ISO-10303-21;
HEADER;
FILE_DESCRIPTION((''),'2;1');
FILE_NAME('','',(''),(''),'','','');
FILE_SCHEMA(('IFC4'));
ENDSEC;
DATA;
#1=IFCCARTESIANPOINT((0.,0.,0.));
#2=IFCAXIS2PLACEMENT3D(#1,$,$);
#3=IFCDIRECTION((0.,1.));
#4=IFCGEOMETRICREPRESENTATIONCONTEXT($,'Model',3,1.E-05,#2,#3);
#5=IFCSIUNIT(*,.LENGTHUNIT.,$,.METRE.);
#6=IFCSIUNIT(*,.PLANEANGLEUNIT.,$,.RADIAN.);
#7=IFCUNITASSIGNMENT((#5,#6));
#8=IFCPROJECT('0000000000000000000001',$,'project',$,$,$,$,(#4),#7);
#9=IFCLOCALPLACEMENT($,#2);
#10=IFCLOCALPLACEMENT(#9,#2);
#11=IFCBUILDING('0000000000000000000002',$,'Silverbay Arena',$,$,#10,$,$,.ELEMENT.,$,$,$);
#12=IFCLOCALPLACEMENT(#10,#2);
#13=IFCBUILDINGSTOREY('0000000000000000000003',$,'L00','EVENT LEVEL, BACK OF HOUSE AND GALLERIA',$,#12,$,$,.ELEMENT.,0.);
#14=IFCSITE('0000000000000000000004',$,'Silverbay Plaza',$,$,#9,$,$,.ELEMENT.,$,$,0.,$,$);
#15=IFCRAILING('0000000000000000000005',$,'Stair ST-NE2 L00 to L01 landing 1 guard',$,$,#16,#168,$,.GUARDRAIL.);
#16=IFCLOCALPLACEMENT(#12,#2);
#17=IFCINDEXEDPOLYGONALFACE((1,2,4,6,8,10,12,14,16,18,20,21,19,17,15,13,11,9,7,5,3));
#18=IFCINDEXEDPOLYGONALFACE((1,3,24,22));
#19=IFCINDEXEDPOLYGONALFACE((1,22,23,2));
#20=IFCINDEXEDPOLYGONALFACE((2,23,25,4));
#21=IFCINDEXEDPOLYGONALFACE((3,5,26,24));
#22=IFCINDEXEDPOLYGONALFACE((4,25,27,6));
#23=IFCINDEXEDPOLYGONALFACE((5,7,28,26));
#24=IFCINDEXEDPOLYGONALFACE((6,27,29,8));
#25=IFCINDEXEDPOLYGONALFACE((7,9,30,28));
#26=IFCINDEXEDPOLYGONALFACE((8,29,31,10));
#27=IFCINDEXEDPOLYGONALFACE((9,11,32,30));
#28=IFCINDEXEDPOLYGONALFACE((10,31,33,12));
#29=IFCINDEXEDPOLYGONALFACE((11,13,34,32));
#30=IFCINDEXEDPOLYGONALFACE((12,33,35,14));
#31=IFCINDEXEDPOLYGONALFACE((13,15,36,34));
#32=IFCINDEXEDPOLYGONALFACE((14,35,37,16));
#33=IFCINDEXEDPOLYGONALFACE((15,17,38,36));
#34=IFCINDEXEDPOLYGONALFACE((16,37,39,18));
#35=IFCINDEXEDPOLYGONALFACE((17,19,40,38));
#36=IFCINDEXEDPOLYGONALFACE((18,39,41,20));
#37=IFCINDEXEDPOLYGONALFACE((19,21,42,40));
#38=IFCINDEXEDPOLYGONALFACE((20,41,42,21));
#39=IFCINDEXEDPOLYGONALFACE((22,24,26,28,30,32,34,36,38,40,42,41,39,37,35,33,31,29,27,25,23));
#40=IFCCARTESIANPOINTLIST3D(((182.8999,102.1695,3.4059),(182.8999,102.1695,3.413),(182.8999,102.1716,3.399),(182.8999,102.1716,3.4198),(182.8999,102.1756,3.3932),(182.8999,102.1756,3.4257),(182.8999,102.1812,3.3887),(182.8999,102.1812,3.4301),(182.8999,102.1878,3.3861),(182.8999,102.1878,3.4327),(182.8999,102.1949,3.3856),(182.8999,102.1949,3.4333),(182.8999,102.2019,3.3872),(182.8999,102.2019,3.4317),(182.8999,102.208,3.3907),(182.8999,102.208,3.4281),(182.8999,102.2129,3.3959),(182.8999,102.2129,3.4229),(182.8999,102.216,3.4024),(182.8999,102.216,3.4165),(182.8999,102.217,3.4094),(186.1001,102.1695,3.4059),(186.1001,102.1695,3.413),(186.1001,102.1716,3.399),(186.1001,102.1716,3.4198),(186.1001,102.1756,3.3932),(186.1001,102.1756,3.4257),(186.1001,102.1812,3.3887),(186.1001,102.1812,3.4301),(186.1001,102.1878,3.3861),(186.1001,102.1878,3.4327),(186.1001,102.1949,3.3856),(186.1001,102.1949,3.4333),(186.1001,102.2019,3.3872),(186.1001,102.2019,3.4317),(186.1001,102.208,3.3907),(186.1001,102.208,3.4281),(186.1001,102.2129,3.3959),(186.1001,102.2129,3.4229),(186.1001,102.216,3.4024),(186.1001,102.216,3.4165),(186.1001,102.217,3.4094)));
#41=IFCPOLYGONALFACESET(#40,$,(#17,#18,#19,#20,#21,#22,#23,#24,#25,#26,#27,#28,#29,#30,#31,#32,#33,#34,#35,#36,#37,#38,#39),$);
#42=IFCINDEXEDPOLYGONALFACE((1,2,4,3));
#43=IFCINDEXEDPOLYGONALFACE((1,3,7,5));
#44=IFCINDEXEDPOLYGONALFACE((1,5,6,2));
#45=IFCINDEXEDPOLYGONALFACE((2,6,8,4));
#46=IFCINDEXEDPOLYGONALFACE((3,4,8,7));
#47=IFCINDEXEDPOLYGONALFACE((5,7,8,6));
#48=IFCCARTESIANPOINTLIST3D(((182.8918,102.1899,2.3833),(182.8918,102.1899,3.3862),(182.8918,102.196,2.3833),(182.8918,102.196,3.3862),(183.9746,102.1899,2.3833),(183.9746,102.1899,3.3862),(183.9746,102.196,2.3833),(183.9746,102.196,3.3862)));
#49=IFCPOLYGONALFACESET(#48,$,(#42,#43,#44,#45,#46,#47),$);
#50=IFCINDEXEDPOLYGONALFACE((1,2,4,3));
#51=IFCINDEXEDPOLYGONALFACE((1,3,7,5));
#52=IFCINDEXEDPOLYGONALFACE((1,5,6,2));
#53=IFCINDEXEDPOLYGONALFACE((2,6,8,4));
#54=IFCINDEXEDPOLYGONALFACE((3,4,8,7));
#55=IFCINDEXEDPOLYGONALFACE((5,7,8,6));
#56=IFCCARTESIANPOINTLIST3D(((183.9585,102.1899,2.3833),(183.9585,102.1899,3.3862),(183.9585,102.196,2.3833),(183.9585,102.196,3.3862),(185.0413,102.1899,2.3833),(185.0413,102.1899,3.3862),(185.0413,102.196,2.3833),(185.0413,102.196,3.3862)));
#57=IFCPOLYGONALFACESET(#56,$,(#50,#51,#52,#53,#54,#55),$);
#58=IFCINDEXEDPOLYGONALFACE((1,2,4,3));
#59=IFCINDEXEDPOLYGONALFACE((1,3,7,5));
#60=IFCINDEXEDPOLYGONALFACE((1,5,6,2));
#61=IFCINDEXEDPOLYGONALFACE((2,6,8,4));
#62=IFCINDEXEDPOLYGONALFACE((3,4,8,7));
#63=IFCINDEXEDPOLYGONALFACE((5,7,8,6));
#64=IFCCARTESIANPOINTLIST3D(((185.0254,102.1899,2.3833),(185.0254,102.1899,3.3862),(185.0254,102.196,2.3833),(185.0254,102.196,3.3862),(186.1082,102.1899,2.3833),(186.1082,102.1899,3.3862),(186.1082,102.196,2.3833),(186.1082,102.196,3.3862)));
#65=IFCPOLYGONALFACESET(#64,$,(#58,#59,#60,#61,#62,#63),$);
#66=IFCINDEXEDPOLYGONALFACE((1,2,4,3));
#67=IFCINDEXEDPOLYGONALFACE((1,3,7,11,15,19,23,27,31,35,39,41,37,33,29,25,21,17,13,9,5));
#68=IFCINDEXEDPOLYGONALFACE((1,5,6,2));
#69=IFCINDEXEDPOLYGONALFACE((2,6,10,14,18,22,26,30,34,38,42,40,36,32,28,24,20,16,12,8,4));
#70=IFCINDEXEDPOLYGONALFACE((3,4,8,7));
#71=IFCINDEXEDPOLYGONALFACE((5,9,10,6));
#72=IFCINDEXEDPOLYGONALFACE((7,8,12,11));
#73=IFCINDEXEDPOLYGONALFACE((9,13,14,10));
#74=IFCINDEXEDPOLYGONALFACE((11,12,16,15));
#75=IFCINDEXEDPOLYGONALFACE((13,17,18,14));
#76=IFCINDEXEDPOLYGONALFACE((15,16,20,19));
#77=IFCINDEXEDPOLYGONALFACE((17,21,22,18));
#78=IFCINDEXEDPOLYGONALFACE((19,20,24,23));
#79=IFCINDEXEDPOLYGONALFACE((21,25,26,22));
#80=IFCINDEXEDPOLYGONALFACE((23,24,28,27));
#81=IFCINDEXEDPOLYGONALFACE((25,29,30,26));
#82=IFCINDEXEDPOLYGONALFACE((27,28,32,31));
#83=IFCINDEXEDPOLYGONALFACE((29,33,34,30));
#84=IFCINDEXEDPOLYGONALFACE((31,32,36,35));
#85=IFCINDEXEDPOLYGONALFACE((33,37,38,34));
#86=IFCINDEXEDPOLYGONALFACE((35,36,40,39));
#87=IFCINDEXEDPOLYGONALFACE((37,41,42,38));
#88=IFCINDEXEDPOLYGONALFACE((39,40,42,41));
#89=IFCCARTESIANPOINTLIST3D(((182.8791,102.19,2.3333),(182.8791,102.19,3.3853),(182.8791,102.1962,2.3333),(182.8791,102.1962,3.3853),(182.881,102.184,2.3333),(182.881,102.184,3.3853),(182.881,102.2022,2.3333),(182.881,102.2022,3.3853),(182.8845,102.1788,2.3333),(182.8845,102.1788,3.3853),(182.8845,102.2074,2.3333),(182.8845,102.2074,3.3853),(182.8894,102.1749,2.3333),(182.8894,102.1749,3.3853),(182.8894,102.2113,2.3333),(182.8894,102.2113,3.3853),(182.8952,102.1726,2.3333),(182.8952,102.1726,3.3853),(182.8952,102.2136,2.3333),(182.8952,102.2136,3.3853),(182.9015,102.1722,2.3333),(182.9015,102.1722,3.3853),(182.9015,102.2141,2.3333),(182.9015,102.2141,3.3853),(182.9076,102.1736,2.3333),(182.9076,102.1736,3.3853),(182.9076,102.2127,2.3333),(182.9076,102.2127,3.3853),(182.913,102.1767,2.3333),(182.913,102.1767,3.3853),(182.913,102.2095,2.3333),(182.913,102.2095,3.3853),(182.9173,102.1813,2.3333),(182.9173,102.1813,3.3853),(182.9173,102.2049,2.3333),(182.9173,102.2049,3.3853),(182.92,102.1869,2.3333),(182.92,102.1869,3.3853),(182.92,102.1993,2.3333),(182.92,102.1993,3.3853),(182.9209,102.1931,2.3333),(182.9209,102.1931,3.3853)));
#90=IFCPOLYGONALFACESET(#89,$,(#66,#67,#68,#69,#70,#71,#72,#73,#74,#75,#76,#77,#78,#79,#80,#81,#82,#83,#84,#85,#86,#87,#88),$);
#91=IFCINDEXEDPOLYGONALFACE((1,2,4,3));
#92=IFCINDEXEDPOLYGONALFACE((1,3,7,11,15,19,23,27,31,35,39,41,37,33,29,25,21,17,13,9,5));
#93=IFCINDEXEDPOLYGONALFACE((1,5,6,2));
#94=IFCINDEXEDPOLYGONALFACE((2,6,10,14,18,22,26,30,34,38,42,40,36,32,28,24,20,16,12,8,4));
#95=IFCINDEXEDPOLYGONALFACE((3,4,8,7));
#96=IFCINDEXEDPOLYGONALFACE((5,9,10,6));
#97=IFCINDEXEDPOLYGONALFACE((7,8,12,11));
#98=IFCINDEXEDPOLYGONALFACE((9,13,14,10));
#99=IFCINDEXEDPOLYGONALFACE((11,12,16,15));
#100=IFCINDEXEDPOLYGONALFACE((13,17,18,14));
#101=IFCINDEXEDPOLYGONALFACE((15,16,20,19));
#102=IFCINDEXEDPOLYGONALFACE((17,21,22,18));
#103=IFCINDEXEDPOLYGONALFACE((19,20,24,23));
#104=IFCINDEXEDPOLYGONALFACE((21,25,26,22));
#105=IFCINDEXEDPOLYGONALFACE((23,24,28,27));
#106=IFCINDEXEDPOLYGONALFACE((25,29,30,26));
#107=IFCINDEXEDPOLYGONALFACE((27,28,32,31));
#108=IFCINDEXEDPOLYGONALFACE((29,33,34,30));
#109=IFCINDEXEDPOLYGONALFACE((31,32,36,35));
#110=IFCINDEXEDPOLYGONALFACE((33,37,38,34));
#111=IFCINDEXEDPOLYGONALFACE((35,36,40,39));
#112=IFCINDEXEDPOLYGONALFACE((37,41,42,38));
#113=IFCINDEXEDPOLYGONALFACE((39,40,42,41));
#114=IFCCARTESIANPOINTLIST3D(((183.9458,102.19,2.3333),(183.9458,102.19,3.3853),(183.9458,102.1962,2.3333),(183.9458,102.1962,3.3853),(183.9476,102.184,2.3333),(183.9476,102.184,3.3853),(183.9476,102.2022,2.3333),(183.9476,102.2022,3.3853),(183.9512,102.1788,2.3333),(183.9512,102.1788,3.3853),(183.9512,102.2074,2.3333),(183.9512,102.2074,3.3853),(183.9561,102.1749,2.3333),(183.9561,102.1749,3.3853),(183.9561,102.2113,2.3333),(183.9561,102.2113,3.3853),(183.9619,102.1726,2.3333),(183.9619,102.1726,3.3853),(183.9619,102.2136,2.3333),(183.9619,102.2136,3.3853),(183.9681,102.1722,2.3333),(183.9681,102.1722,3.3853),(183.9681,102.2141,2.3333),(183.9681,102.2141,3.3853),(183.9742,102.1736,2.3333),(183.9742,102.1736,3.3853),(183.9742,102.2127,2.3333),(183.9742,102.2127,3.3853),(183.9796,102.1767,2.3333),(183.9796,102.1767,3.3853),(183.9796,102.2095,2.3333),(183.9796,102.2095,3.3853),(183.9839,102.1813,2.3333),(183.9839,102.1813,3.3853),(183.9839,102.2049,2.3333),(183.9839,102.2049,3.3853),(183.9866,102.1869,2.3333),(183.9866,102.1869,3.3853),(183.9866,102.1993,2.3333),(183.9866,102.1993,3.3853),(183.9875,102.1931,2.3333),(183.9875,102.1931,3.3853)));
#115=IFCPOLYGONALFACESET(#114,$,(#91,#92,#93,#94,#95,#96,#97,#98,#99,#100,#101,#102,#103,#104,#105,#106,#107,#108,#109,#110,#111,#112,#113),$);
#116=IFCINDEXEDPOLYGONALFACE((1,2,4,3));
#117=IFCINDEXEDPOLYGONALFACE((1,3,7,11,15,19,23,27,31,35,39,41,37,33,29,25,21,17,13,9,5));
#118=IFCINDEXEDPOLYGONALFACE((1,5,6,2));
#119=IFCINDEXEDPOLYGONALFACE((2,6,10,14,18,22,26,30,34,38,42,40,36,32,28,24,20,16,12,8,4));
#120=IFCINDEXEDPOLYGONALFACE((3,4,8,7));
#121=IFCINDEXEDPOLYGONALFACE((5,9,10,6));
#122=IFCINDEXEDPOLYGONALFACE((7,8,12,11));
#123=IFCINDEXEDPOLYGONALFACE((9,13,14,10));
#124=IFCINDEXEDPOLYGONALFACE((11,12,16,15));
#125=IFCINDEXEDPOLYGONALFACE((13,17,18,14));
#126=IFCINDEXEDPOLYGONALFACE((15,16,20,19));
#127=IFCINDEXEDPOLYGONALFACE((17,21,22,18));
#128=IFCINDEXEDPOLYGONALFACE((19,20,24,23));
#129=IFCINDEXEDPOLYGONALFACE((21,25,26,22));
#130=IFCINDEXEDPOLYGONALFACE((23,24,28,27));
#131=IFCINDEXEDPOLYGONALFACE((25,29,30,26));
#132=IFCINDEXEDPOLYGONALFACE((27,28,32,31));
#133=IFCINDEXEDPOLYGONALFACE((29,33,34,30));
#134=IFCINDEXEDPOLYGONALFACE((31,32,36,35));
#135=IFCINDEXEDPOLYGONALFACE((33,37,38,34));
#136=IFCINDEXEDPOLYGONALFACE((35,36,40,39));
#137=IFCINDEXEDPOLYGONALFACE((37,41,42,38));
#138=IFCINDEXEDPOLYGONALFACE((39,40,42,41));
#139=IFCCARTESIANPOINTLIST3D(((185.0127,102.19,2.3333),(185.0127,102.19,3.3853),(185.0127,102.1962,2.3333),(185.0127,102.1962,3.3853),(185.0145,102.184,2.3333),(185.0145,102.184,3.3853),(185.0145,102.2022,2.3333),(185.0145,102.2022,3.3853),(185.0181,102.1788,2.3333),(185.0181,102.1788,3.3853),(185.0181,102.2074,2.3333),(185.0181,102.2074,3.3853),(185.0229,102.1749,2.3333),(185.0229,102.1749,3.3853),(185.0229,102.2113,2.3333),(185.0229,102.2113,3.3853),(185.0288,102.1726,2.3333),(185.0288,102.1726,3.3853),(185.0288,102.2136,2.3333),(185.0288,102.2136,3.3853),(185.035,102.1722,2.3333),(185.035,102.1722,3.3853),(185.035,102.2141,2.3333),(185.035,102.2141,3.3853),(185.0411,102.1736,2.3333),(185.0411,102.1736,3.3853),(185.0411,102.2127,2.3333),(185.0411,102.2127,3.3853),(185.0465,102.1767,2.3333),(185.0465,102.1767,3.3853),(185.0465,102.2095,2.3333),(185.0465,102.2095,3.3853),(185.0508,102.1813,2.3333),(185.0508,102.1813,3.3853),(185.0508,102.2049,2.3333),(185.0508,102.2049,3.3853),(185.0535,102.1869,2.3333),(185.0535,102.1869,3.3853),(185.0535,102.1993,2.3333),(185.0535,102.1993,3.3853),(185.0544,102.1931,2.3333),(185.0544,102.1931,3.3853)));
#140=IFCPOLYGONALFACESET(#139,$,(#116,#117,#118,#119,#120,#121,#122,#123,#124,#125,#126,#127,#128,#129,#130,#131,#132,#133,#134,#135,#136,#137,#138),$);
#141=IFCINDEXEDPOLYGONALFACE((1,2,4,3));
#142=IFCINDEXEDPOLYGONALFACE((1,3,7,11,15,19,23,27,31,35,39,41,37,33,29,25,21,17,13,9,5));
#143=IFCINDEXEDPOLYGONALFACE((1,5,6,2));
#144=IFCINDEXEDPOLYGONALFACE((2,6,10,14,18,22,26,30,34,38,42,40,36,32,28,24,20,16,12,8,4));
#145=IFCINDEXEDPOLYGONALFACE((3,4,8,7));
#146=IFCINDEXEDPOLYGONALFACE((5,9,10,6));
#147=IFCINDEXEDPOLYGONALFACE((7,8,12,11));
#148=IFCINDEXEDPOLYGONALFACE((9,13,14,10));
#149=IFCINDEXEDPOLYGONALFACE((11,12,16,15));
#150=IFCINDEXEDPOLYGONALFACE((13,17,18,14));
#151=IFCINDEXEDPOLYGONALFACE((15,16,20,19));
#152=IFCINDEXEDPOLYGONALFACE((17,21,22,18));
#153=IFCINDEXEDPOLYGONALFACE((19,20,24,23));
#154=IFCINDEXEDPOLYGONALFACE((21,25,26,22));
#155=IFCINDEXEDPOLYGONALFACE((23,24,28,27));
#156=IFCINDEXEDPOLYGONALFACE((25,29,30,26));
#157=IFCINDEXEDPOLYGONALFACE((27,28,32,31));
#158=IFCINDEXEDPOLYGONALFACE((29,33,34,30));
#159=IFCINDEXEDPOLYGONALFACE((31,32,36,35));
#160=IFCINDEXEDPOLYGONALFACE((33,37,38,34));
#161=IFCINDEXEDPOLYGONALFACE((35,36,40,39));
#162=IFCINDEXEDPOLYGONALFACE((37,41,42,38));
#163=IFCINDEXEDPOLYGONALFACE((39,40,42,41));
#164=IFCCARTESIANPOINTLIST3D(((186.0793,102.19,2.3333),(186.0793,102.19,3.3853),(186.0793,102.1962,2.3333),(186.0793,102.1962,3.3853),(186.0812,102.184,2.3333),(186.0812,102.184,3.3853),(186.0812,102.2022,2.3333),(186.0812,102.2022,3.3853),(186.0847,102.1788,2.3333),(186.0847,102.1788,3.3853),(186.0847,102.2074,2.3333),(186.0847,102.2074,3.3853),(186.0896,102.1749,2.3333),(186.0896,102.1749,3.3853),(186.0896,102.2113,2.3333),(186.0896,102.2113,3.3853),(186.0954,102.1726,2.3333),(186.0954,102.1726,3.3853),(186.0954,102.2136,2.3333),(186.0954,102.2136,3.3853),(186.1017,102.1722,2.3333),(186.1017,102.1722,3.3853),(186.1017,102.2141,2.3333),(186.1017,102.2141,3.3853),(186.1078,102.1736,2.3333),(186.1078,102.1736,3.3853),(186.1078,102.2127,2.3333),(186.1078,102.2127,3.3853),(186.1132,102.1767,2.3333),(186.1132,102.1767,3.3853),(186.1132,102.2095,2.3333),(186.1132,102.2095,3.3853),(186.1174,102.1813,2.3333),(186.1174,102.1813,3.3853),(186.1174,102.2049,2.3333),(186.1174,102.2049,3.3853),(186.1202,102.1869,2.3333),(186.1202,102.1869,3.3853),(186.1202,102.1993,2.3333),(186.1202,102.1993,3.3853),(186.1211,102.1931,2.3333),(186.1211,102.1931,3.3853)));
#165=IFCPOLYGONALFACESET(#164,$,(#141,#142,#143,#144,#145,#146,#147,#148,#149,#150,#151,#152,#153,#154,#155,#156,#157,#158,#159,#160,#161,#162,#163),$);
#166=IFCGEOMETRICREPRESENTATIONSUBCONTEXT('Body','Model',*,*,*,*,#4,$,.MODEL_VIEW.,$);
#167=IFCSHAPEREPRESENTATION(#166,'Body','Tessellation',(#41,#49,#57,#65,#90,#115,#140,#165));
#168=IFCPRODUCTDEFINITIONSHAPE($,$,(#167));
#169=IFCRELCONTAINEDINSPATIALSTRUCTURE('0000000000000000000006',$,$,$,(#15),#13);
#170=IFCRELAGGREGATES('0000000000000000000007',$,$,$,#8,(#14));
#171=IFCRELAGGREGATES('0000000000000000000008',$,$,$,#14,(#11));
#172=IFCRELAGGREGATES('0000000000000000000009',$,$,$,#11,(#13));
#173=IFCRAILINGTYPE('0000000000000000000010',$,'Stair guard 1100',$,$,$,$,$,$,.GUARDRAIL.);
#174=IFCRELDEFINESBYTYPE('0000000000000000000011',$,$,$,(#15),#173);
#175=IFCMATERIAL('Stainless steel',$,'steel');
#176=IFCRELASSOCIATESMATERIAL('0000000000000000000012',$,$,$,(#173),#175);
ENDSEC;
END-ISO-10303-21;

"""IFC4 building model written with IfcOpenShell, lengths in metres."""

from ifc_helpers import new_model, si_unit, direction, frame, origin, origin_2d, place, context, subcontext, project, spatial, polyline, circle, outline, extrude, material, type_object, element, save


model = new_model("IFC4")

# Units and contexts
model_context = context("Model", 3, precision=1e-05, world=origin(), true_north=direction((0.0, 1.0)))
body_context = subcontext(model_context, "Body", "Model", "MODEL_VIEW")
ifc_project = project(units=[si_unit("LENGTHUNIT", "METRE"), si_unit("PLANEANGLEUNIT", "RADIAN")], contexts=[model_context])

# Site, building, storey
site_placement = place(None, origin())
site = spatial("IfcSite", under=ifc_project, at=site_placement, Name="Silverbay Plaza", CompositionType="ELEMENT", RefElevation=0.0)
building_placement = place(site_placement, origin())
building = spatial("IfcBuilding", under=site, at=building_placement, Name="Silverbay Arena", CompositionType="ELEMENT")
storey_placement = place(building_placement, origin())
storey = spatial("IfcBuildingStorey", under=building, at=storey_placement, Name="L00", Description="EVENT LEVEL, BACK OF HOUSE AND GALLERIA", CompositionType="ELEMENT", Elevation=0.0)

# Railing
ifc_material_1 = material(Name="Stainless steel", Category="steel")
railing_type_1 = type_object("IfcRailingType", Name="Stair guard 1100", PredefinedType="GUARDRAIL", material=ifc_material_1)
for number, where, name in (
    (1, (182.8999, 102.1931, 2.3333), "Stair ST-NE2 L00 to L01 landing 1 guard"),
):
    element("IfcRailing", number, at=place(storey_placement, frame(where)), inside=storey, type_object=railing_type_1, Name=name, PredefinedType="GUARDRAIL", context=body_context, shape_type="SweptSolid", body=[
        extrude(circle(Radius=0.0239, at=origin_2d()), frame((0.0, 0.0, 1.0762), z_axis=(1.0, 0.0, 0.0), x_axis=(0.0, 1.0, 0.0)), (0.0, 0.0, 1.0), 3.2002),
        extrude(outline(polyline([(-0.0081, 0.05), (1.0747, 0.05), (1.0747, 1.053), (-0.0081, 1.053), (-0.0081, 0.05)])), frame((0.0, 0.0029, 0.0), z_axis=(0.0, -1.0, 0.0), x_axis=(1.0, 0.0, 0.0)), (0.0, 0.0, 1.0), 0.0061),
        extrude(outline(polyline([(-0.0081, 0.05), (1.0747, 0.05), (1.0747, 1.053), (-0.0081, 1.053), (-0.0081, 0.05)])), frame((1.0667, 0.0029, 0.0), z_axis=(0.0, -1.0, 0.0), x_axis=(1.0, 0.0, 0.0)), (0.0, 0.0, 1.0), 0.0061),
        extrude(outline(polyline([(-0.0081, 0.05), (1.0747, 0.05), (1.0747, 1.053), (-0.0081, 1.053), (-0.0081, 0.05)])), frame((2.1335, 0.0029, 0.0), z_axis=(0.0, -1.0, 0.0), x_axis=(1.0, 0.0, 0.0)), (0.0, 0.0, 1.0), 0.0061),
        extrude(circle(Radius=0.021, at=origin_2d()), origin(), (0.0, 0.0, 1.0), 1.052),
        extrude(circle(Radius=0.021, at=origin_2d()), frame((1.0667, 0.0, 0.0)), (0.0, 0.0, 1.0), 1.052),
        extrude(circle(Radius=0.021, at=origin_2d()), frame((2.1335, 0.0, 0.0)), (0.0, 0.0, 1.0), 1.052),
        extrude(circle(Radius=0.021, at=origin_2d()), frame((3.2002, 0.0, 0.0)), (0.0, 0.0, 1.0), 1.052),
    ])

save(model, "model.ifc")
